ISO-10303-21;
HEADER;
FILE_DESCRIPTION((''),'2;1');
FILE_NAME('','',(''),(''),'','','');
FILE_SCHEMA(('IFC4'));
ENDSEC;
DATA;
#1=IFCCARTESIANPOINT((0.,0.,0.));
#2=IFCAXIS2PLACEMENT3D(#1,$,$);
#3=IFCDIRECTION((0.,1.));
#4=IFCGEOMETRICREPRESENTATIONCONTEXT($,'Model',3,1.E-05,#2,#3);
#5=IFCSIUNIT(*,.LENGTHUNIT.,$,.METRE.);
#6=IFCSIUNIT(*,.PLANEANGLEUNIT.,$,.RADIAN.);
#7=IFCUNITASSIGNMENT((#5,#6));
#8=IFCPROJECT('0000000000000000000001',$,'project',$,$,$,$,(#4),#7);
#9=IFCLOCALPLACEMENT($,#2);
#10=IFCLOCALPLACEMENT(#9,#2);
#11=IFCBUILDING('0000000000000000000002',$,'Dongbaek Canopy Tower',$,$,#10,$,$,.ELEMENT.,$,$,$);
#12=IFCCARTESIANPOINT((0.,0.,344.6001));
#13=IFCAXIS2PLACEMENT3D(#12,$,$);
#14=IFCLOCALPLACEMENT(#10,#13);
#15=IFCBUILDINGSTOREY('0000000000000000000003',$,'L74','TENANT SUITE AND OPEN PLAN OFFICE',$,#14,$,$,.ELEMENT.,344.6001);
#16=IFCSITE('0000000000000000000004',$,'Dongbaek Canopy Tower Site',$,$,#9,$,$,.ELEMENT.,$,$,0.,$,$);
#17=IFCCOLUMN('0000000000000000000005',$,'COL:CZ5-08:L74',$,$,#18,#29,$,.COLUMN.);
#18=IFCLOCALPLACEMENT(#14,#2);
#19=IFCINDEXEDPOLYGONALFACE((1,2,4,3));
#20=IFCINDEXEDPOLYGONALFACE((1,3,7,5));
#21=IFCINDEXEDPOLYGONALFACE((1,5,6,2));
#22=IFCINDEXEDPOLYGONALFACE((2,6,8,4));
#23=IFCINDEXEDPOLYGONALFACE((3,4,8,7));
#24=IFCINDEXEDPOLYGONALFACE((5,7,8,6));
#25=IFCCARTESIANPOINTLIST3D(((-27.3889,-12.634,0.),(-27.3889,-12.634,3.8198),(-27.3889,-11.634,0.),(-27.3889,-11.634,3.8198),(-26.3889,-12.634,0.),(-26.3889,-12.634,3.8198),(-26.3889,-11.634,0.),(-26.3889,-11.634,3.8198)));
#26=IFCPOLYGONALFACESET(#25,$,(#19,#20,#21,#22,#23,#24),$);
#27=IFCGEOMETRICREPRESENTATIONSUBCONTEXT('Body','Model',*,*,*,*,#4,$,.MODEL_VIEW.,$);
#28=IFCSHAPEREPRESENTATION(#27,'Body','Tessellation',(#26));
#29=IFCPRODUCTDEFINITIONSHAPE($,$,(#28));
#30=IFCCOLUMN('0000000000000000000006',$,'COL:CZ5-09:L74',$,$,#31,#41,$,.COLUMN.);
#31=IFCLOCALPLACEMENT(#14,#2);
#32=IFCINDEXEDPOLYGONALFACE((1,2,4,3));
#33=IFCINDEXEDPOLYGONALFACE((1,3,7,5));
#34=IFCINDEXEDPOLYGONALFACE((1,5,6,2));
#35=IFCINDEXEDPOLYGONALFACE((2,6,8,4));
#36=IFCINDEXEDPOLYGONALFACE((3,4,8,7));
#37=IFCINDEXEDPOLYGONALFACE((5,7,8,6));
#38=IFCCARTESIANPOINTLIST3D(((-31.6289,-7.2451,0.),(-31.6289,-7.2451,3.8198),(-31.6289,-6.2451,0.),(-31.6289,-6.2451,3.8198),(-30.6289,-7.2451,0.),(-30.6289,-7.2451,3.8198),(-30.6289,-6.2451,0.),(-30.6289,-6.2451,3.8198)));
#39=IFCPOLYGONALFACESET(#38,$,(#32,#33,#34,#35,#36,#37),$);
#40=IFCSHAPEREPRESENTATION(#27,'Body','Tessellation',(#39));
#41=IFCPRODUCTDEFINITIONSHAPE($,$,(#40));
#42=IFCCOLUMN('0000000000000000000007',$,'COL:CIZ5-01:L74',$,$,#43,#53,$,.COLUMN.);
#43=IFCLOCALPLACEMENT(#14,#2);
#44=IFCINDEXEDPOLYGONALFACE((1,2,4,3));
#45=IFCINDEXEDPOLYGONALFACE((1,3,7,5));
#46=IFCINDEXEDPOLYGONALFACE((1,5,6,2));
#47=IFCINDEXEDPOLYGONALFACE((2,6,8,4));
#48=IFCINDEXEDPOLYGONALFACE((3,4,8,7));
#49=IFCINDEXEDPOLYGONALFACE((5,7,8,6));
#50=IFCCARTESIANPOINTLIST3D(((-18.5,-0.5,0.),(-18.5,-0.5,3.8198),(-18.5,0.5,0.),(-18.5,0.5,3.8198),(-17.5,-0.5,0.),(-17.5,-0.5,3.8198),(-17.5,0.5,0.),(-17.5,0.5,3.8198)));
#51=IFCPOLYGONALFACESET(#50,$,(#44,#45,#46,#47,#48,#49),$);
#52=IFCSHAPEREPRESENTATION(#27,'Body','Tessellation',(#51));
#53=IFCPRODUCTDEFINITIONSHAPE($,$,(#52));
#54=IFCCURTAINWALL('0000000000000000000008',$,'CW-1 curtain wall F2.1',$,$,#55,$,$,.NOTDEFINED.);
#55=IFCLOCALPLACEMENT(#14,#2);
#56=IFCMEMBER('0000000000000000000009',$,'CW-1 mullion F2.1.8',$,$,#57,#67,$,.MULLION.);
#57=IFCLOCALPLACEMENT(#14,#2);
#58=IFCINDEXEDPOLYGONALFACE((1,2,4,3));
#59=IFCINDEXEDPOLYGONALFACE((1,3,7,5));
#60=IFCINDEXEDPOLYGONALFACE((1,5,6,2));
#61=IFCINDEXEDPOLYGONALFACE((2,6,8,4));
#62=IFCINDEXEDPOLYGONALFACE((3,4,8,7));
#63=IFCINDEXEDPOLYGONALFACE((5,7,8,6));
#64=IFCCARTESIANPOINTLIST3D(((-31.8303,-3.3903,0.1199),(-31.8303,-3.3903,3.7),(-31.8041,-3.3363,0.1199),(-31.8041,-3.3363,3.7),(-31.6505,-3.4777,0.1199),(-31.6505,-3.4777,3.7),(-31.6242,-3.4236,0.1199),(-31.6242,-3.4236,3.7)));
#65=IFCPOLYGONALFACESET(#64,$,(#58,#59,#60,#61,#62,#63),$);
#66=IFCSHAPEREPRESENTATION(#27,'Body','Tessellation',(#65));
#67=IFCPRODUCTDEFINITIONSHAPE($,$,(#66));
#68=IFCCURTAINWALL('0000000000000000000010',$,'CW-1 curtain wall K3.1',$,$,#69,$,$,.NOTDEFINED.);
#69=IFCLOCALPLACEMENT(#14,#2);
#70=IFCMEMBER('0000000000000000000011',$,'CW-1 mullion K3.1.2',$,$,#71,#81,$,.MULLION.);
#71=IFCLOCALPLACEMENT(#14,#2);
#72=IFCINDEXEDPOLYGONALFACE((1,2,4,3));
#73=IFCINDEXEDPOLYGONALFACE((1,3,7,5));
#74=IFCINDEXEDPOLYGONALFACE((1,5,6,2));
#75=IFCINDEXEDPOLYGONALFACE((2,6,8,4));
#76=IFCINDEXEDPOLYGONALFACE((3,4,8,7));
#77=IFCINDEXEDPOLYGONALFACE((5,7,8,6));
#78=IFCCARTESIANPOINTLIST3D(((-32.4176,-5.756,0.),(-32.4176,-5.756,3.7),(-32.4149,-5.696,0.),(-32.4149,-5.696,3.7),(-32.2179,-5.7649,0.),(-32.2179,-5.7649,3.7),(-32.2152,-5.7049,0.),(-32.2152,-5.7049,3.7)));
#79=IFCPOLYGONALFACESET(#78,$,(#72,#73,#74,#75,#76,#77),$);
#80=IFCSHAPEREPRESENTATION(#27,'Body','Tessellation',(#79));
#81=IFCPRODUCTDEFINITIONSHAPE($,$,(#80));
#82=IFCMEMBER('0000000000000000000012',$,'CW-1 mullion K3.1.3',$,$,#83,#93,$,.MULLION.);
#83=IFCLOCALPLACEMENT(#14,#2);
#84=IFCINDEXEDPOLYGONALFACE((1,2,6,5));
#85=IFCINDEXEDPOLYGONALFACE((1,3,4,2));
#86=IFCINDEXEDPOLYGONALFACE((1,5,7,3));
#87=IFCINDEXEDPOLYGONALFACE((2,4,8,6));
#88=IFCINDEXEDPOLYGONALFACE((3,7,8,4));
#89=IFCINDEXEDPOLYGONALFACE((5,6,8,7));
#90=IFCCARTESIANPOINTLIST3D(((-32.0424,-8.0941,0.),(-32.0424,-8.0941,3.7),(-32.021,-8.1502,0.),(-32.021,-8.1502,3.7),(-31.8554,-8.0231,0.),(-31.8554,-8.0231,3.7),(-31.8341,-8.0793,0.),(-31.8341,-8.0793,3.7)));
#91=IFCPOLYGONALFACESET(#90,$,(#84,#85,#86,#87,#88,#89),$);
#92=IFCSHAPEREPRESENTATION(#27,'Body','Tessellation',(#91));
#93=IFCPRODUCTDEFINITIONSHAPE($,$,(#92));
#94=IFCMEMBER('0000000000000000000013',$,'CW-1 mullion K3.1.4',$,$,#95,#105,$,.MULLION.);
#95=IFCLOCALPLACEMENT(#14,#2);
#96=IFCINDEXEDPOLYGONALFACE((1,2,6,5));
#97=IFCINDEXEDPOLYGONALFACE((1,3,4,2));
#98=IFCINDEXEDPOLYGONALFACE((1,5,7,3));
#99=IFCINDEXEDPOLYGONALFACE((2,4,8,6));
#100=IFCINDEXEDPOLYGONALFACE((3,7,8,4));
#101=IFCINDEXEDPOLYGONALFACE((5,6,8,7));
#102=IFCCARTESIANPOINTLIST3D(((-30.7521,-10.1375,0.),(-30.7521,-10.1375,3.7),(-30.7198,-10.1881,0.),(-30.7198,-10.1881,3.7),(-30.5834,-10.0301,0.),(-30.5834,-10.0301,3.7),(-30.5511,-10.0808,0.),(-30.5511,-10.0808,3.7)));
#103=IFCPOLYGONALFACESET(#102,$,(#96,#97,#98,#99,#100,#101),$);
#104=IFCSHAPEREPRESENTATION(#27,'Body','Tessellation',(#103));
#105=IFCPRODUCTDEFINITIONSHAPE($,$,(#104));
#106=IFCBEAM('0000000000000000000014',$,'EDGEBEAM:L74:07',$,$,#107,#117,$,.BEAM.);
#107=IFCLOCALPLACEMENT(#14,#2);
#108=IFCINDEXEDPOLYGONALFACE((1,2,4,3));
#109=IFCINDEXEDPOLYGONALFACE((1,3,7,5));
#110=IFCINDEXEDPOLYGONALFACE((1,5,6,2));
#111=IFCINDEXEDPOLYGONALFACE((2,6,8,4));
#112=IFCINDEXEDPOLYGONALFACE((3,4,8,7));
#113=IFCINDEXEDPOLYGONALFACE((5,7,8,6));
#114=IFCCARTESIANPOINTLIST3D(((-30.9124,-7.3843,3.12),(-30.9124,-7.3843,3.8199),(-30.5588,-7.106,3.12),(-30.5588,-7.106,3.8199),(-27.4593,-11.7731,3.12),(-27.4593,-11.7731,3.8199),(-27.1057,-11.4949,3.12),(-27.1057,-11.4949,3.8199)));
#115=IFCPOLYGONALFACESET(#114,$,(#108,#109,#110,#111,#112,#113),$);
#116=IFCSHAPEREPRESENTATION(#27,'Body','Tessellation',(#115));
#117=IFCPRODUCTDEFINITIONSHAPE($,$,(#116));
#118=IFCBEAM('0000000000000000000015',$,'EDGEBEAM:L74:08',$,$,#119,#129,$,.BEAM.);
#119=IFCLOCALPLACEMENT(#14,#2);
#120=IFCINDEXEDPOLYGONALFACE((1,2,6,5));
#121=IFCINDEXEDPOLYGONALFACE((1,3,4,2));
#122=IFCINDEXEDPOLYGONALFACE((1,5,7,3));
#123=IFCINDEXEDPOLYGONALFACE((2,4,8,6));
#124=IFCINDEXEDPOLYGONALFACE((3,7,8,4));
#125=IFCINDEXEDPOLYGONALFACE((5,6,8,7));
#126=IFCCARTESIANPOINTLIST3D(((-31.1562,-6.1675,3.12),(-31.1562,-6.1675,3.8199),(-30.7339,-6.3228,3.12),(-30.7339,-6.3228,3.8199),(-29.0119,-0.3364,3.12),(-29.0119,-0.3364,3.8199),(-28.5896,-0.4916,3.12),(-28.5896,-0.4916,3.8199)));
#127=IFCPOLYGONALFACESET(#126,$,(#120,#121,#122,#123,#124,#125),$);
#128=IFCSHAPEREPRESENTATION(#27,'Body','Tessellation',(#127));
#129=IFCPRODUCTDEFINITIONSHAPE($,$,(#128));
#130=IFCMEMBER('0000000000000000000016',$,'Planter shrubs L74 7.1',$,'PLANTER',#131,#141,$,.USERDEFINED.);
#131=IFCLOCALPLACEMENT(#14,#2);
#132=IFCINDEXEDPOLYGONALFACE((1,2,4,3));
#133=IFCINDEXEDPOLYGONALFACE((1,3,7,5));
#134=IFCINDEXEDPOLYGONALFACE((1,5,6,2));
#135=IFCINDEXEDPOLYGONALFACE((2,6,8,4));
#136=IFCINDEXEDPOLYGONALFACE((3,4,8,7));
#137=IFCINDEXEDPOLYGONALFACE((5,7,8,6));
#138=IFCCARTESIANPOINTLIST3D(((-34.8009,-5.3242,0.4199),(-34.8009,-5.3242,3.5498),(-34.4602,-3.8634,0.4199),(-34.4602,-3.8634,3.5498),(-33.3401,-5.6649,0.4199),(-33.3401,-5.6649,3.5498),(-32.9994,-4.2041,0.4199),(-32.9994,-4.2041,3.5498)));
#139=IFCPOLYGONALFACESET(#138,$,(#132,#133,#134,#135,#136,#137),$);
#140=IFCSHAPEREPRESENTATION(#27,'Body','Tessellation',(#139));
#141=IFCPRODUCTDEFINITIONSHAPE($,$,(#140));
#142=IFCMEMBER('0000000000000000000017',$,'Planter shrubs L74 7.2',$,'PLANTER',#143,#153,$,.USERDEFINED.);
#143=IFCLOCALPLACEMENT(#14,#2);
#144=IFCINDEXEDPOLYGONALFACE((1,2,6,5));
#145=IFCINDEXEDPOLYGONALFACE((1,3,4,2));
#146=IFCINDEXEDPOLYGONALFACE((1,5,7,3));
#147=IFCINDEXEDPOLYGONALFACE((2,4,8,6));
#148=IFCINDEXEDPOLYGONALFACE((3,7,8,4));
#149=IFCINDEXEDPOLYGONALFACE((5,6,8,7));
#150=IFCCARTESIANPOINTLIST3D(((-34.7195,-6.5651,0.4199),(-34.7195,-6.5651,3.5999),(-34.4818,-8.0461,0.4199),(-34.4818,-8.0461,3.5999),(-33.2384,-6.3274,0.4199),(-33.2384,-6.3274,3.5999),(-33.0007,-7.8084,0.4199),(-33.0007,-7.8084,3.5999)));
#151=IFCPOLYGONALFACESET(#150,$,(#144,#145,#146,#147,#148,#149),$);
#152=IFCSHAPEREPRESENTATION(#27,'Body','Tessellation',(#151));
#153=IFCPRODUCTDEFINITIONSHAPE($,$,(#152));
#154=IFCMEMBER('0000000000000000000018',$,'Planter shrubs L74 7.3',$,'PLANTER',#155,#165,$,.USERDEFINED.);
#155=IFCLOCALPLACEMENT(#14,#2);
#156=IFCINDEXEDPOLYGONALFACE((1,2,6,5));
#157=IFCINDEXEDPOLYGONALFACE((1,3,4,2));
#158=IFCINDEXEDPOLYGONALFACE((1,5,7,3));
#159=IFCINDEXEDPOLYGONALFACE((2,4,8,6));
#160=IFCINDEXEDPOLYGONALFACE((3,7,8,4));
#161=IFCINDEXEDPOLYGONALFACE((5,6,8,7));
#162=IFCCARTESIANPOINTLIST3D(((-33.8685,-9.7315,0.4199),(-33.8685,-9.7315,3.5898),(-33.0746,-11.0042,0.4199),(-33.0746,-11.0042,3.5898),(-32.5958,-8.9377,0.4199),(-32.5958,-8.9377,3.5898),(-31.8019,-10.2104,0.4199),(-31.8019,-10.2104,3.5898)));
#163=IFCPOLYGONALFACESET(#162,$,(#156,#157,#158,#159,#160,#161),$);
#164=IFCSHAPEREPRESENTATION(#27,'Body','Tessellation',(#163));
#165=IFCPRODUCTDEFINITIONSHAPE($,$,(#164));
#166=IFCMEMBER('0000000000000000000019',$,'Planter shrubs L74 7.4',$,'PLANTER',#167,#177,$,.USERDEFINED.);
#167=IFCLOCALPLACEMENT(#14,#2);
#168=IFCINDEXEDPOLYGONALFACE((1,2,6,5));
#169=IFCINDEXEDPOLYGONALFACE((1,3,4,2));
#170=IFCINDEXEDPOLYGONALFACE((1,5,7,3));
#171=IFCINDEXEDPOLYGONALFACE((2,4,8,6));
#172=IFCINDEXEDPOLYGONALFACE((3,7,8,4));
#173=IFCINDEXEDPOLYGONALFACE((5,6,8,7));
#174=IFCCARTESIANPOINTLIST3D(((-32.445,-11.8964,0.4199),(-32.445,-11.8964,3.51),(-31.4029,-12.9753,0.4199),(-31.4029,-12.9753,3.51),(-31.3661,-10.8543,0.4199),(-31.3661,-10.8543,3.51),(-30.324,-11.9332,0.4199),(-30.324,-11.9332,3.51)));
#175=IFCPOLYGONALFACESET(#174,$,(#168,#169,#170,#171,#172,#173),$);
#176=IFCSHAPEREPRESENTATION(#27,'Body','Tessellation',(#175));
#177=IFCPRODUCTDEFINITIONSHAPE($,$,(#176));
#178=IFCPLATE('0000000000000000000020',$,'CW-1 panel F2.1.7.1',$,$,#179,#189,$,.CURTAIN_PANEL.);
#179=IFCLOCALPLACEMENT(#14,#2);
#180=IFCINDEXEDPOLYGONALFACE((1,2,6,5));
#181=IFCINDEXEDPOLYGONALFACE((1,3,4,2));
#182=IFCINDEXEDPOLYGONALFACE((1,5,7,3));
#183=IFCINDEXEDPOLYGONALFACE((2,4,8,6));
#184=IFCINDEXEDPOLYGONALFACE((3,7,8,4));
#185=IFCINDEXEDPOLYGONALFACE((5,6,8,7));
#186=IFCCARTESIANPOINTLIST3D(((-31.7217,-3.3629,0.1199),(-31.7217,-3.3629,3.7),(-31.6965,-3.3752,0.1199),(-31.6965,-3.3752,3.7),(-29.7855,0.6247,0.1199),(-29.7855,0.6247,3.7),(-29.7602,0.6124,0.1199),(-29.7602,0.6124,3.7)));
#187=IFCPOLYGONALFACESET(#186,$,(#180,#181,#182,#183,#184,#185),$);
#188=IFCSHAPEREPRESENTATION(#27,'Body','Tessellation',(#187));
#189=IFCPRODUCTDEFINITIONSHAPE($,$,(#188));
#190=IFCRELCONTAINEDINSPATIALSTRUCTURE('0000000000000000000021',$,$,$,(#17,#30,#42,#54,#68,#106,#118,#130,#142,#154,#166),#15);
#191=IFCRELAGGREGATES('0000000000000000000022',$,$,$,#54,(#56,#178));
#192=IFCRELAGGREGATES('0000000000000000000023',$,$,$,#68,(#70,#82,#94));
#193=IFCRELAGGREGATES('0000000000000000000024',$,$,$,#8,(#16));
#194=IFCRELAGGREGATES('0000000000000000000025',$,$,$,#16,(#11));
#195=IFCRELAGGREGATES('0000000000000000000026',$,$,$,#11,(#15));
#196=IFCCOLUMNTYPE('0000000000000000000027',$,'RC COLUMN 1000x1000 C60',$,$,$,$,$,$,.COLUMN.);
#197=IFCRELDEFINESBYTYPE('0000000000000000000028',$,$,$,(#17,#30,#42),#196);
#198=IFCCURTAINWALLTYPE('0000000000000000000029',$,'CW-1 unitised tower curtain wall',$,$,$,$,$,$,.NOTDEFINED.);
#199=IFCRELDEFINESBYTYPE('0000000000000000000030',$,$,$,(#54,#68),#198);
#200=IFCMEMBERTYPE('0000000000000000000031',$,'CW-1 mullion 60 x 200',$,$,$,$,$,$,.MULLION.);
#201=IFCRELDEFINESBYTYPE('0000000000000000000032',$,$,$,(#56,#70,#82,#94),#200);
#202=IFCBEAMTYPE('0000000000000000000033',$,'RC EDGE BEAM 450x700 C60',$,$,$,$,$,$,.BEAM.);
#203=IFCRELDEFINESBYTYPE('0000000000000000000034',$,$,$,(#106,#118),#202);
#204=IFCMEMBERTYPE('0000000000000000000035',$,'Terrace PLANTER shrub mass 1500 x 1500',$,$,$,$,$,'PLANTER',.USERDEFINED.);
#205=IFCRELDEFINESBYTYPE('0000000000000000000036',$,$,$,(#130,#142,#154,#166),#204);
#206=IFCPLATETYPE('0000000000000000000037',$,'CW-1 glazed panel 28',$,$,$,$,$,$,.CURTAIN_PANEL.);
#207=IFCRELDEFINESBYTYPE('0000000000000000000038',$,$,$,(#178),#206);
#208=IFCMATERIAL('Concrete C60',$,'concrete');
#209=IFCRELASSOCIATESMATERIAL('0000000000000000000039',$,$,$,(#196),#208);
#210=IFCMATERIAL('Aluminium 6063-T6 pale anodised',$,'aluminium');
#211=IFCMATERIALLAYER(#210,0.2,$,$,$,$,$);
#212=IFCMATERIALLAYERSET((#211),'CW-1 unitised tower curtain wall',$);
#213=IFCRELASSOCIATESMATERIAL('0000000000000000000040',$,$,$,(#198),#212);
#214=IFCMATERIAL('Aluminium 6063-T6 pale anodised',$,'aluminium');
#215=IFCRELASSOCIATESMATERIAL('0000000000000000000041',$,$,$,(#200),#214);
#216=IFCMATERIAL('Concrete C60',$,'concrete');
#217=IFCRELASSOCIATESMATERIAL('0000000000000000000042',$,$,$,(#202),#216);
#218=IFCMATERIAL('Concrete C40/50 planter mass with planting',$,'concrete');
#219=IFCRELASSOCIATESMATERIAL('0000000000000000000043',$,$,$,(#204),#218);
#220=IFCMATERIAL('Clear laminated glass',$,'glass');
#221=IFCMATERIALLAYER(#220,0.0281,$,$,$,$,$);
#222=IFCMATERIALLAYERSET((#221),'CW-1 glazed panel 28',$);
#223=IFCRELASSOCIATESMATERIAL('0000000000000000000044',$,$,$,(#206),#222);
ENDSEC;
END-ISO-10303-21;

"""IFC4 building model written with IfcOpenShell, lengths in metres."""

from ifc_helpers import new_model, si_unit, direction, frame, origin, origin_2d, place, context, subcontext, project, spatial, rectangle, extrude, material, layer, layer_set, material_profile, profile_set, type_object, element, aggregate, save


model = new_model("IFC4")

# Units and contexts
model_context = context("Model", 3, precision=1e-05, world=origin(), true_north=direction((0.0, 1.0)))
body_context = subcontext(model_context, "Body", "Model", "MODEL_VIEW")
ifc_project = project(units=[si_unit("LENGTHUNIT", "METRE"), si_unit("PLANEANGLEUNIT", "RADIAN")], contexts=[model_context])

# Site, building, storey
site_placement = place(None, origin())
site = spatial("IfcSite", under=ifc_project, at=site_placement, Name="Dongbaek Canopy Tower Site", CompositionType="ELEMENT", RefElevation=0.0)
building_placement = place(site_placement, origin())
building = spatial("IfcBuilding", under=site, at=building_placement, Name="Dongbaek Canopy Tower", CompositionType="ELEMENT")
storey_placement = place(building_placement, frame((0.0, 0.0, 344.6001)))
storey = spatial("IfcBuildingStorey", under=building, at=storey_placement, Name="L74", Description="TENANT SUITE AND OPEN PLAN OFFICE", CompositionType="ELEMENT", Elevation=344.6001)

# Columns
ifc_material_1 = material(Name="Concrete C60", Category="concrete")
ifc_material_profile_1 = material_profile(ifc_material_1, rectangle(XDim=1.0, YDim=1.0, at=origin_2d()), Name="RC COLUMN 1000x1000 C60")
ifc_profile_set_1 = profile_set([ifc_material_profile_1], Name="Concrete C60")
column_type = type_object("IfcColumnType", Name="RC COLUMN 1000x1000 C60", PredefinedType="COLUMN", material=ifc_profile_set_1)
for number, where, z_axis, x_axis, name in (
    (1, (-26.8889, -12.134, 0.0), (0.0, 0.0, 1.0), (1.0, 0.0, 0.0), "COL:CZ5-08:L74"),
    (2, (-31.1289, -6.7451, 0.0), (0.0, 0.0, 1.0), (1.0, 0.0, 0.0), "COL:CZ5-09:L74"),
    (3, (-18.0, 0.0, 0.0), (0.0, 0.0, 1.0), (1.0, 0.0, 0.0), "COL:CIZ5-01:L74"),
):
    element("IfcColumn", number, at=place(storey_placement, frame(where, z_axis=z_axis, x_axis=x_axis)), inside=storey, type_object=column_type, Name=name, PredefinedType="COLUMN", context=body_context, shape_type="SweptSolid", body=[
        extrude(rectangle(XDim=1.0, YDim=1.0, at=origin_2d()), origin(), (0.0, 0.0, 1.0), 3.8198),
    ])

# Curtain wall, member
ifc_material_2 = material(Name="Aluminium 6063-T6 pale anodised", Category="aluminium")
ifc_layer_1 = layer(ifc_material_2, 0.2)
ifc_layer_set_1 = layer_set([ifc_layer_1], Name="CW-1 unitised tower curtain wall")
curtain_wall_type = type_object("IfcCurtainWallType", Name="CW-1 unitised tower curtain wall", PredefinedType="NOTDEFINED", material=ifc_layer_set_1)
curtain_wall_1_placement = place(storey_placement, origin())
curtain_wall_1 = element("IfcCurtainWall", 4, at=curtain_wall_1_placement, inside=storey, type_object=curtain_wall_type, Name="CW-1 curtain wall F2.1", PredefinedType="NOTDEFINED")
ifc_material_3 = material(Name="Aluminium 6063-T6 pale anodised", Category="aluminium")
ifc_material_profile_2 = material_profile(ifc_material_3, rectangle(XDim=0.2, YDim=0.0601, at=origin_2d()), Name="CW-1 mullion 60 x 200")
ifc_profile_set_2 = profile_set([ifc_material_profile_2], Name="Aluminium 6063-T6 pale anodised")
member_type_1 = type_object("IfcMemberType", Name="CW-1 mullion 60 x 200", PredefinedType="MULLION", material=ifc_profile_set_2)
member_1_placement = place(storey_placement, frame((-31.7273, -3.407, 0.1199), z_axis=(0.0, 0.0, 1.0), x_axis=(-0.899563, 0.436791, 0.0)))
member_1 = element("IfcMember", 5, at=member_1_placement, type_object=member_type_1, Name="CW-1 mullion F2.1.8", PredefinedType="MULLION", context=body_context, shape_type="SweptSolid", body=[
    extrude(rectangle(XDim=0.2, YDim=0.0601, at=origin_2d()), origin(), (0.0, 0.0, 1.0), 3.5801),
])

# Curtain wall, members
curtain_wall_2_placement = place(storey_placement, origin())
curtain_wall_2 = element("IfcCurtainWall", 6, at=curtain_wall_2_placement, inside=storey, type_object=curtain_wall_type, Name="CW-1 curtain wall K3.1", PredefinedType="NOTDEFINED")
member_2_placement = place(storey_placement, frame((-32.3164, -5.7305, 0.0), z_axis=(0.0, 0.0, 1.0), x_axis=(-0.999007, 0.044561, 0.0)))
member_2 = element("IfcMember", 7, at=member_2_placement, type_object=member_type_1, Name="CW-1 mullion K3.1.2", PredefinedType="MULLION", context=body_context, shape_type="SweptSolid", body=[
    extrude(rectangle(XDim=0.2, YDim=0.0601, at=origin_2d()), origin(), (0.0, 0.0, 1.0), 3.7),
])
member_3_placement = place(storey_placement, frame((-31.9382, -8.0867, 0.0), z_axis=(0.0, 0.0, 1.0), x_axis=(-0.934879, -0.354966, 0.0)))
member_3 = element("IfcMember", 8, at=member_3_placement, type_object=member_type_1, Name="CW-1 mullion K3.1.3", PredefinedType="MULLION", context=body_context, shape_type="SweptSolid", body=[
    extrude(rectangle(XDim=0.2, YDim=0.0601, at=origin_2d()), origin(), (0.0, 0.0, 1.0), 3.7),
])
member_4_placement = place(storey_placement, frame((-30.6516, -10.1091, 0.0), z_axis=(0.0, 0.0, 1.0), x_axis=(-0.843729, -0.53677, 0.0)))
member_4 = element("IfcMember", 9, at=member_4_placement, type_object=member_type_1, Name="CW-1 mullion K3.1.4", PredefinedType="MULLION", context=body_context, shape_type="SweptSolid", body=[
    extrude(rectangle(XDim=0.2, YDim=0.0601, at=origin_2d()), origin(), (0.0, 0.0, 1.0), 3.7),
])

# Beams
ifc_material_4 = material(Name="Concrete C60", Category="concrete")
ifc_material_profile_3 = material_profile(ifc_material_4, rectangle(XDim=0.45, YDim=0.7, at=origin_2d()), Name="RC EDGE BEAM 450x700 C60")
ifc_profile_set_3 = profile_set([ifc_material_profile_3], Name="Concrete C60")
beam_type = type_object("IfcBeamType", Name="RC EDGE BEAM 450x700 C60", PredefinedType="BEAM", material=ifc_profile_set_3)
beam_1_placement = place(storey_placement, frame((-27.2825, -11.634, 3.47), z_axis=(-0.618341, 0.78591, 0.0), x_axis=(-0.78591, -0.618341, 0.0)))
element("IfcBeam", 10, at=beam_1_placement, inside=storey, type_object=beam_type, Name="EDGEBEAM:L74:07", PredefinedType="BEAM", context=body_context, shape_type="SweptSolid", body=[
    extrude(rectangle(XDim=0.45, YDim=0.7, at=origin_2d()), origin(), (0.0, 0.0, 1.0), 5.5845),
])
beam_2_placement = place(storey_placement, frame((-30.9451, -6.2451, 3.47), z_axis=(0.345139, 0.938552, 0.0), x_axis=(-0.938552, 0.345139, 0.0)))
element("IfcBeam", 11, at=beam_2_placement, inside=storey, type_object=beam_type, Name="EDGEBEAM:L74:08", PredefinedType="BEAM", context=body_context, shape_type="SweptSolid", body=[
    extrude(rectangle(XDim=0.45, YDim=0.7, at=origin_2d()), origin(), (0.0, 0.0, 1.0), 6.2129),
])

# Members
ifc_material_5 = material(Name="Concrete C40/50 planter mass with planting", Category="concrete")
ifc_material_profile_4 = material_profile(ifc_material_5, rectangle(XDim=1.5, YDim=1.5, at=origin_2d()), Name="Terrace PLANTER shrub mass 1500 x 1500")
ifc_profile_set_4 = profile_set([ifc_material_profile_4], Name="Concrete C40/50 planter mass with planting")
member_type_2 = type_object("IfcMemberType", Name="Terrace PLANTER shrub mass 1500 x 1500", ElementType="PLANTER", PredefinedType="USERDEFINED", material=ifc_profile_set_4)
member_5_placement = place(storey_placement, frame((-33.9001, -4.7642, 0.4199), z_axis=(0.0, 0.0, 1.0), x_axis=(-0.973872, 0.2271, 0.0)))
element("IfcMember", 12, at=member_5_placement, inside=storey, type_object=member_type_2, Name="Planter shrubs L74 7.1", ObjectType="PLANTER", PredefinedType="USERDEFINED", context=body_context, shape_type="SweptSolid", body=[
    extrude(rectangle(XDim=1.5, YDim=1.5, at=origin_2d()), origin(), (0.0, 0.0, 1.0), 3.1299),
])
member_6_placement = place(storey_placement, frame((-33.8601, -7.1868, 0.4199), z_axis=(0.0, 0.0, 1.0), x_axis=(-0.987362, -0.15848, 0.0)))
element("IfcMember", 13, at=member_6_placement, inside=storey, type_object=member_type_2, Name="Planter shrubs L74 7.2", ObjectType="PLANTER", PredefinedType="USERDEFINED", context=body_context, shape_type="SweptSolid", body=[
    extrude(rectangle(XDim=1.5, YDim=1.5, at=origin_2d()), origin(), (0.0, 0.0, 1.0), 3.1799),
])
member_7_placement = place(storey_placement, frame((-32.8352, -9.9709, 0.4199), z_axis=(0.0, 0.0, 1.0), x_axis=(-0.848474, -0.529237, 0.0)))
element("IfcMember", 14, at=member_7_placement, inside=storey, type_object=member_type_2, Name="Planter shrubs L74 7.3", ObjectType="PLANTER", PredefinedType="USERDEFINED", context=body_context, shape_type="SweptSolid", body=[
    extrude(rectangle(XDim=1.5, YDim=1.5, at=origin_2d()), origin(), (0.0, 0.0, 1.0), 3.1699),
])
member_8_placement = place(storey_placement, frame((-31.3845, -11.9148, 0.4199), z_axis=(0.0, 0.0, 1.0), x_axis=(-0.719255, -0.694746, 0.0)))
element("IfcMember", 15, at=member_8_placement, inside=storey, type_object=member_type_2, Name="Planter shrubs L74 7.4", ObjectType="PLANTER", PredefinedType="USERDEFINED", context=body_context, shape_type="SweptSolid", body=[
    extrude(rectangle(XDim=1.5, YDim=1.5, at=origin_2d()), origin(), (0.0, 0.0, 1.0), 3.0901),
])

# Plate
ifc_material_6 = material(Name="Clear laminated glass", Category="glass")
ifc_layer_2 = layer(ifc_material_6, 0.0281)
ifc_layer_set_2 = layer_set([ifc_layer_2], Name="CW-1 glazed panel 28")
plate_type = type_object("IfcPlateType", Name="CW-1 glazed panel 28", PredefinedType="CURTAIN_PANEL", material=ifc_layer_set_2)
plate_1_placement = place(storey_placement, frame((-30.741, -1.3752, 0.1199), z_axis=(0.0, 0.0, 1.0), x_axis=(-0.436791, -0.899563, 0.0)))
plate_1 = element("IfcPlate", 16, at=plate_1_placement, type_object=plate_type, Name="CW-1 panel F2.1.7.1", PredefinedType="CURTAIN_PANEL", context=body_context, shape_type="SweptSolid", body=[
    extrude(rectangle(XDim=4.4329, YDim=0.0281, at=origin_2d()), origin(), (0.0, 0.0, 1.0), 3.5801),
])
aggregate(curtain_wall_1, [member_1, plate_1])
aggregate(curtain_wall_2, [member_2, member_3, member_4])

save(model, "model.ifc")
